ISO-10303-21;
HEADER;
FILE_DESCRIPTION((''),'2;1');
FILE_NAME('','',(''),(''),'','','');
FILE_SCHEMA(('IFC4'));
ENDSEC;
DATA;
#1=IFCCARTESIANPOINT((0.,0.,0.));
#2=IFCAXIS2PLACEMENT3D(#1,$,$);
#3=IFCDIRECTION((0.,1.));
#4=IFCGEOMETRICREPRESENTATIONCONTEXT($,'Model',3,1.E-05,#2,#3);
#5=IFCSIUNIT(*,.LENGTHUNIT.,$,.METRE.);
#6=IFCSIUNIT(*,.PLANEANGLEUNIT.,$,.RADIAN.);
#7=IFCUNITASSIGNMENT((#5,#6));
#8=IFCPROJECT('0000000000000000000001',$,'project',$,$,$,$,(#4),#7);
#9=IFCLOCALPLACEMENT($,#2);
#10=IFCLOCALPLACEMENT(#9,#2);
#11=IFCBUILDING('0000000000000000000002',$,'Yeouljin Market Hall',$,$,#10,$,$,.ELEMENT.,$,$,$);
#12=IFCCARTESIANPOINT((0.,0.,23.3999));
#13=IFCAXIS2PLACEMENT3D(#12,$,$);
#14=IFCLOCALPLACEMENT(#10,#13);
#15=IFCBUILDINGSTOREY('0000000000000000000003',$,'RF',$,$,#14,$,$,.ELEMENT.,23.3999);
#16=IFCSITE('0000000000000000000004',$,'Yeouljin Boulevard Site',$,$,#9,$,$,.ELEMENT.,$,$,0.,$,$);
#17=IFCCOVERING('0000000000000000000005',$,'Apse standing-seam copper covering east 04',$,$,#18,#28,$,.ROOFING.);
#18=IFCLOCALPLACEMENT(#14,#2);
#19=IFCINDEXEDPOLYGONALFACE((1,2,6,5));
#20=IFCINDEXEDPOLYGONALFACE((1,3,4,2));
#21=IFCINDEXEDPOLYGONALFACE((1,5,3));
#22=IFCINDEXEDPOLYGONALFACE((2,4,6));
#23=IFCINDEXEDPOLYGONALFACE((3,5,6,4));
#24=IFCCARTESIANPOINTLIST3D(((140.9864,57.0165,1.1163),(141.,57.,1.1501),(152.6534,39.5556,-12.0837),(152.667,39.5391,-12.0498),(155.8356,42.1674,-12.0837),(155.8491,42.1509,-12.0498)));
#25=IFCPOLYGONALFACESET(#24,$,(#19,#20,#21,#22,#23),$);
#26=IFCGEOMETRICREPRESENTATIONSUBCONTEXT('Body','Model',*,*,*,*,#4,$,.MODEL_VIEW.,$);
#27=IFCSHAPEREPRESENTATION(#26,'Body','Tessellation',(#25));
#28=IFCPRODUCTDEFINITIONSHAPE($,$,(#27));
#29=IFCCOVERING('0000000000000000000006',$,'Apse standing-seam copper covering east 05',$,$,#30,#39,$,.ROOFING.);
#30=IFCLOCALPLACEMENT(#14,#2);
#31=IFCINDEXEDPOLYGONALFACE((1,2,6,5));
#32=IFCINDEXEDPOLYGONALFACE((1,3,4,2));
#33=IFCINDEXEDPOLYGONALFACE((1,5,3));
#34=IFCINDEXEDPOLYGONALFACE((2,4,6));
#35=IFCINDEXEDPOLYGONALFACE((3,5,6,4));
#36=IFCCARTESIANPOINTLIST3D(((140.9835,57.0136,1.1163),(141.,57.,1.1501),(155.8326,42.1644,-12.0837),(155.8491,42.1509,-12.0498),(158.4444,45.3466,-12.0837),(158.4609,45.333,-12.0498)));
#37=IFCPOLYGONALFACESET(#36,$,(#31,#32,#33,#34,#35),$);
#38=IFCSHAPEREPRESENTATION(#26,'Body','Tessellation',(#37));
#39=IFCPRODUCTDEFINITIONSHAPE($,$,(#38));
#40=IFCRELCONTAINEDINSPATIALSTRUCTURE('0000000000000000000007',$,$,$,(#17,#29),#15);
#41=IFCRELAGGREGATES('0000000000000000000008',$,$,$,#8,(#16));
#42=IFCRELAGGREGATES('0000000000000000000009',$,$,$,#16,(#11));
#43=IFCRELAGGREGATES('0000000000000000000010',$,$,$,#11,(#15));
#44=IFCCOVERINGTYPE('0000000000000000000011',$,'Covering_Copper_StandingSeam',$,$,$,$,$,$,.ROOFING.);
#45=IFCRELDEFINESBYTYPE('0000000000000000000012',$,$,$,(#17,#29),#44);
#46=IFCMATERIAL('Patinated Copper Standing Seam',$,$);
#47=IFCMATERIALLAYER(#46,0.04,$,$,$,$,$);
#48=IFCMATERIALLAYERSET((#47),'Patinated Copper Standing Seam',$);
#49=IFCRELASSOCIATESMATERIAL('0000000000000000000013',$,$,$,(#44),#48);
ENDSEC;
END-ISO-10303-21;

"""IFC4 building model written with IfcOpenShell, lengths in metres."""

from ifc_helpers import new_model, si_unit, direction, frame, origin, place, context, subcontext, project, spatial, polyline, outline, extrude, material, layer, layer_set, type_object, element, save


model = new_model("IFC4")

# Units and contexts
model_context = context("Model", 3, precision=1e-05, world=origin(), true_north=direction((0.0, 1.0)))
body_context = subcontext(model_context, "Body", "Model", "MODEL_VIEW")
ifc_project = project(units=[si_unit("LENGTHUNIT", "METRE"), si_unit("PLANEANGLEUNIT", "RADIAN")], contexts=[model_context])

# Site, building, storey
site_placement = place(None, origin())
site = spatial("IfcSite", under=ifc_project, at=site_placement, Name="Yeouljin Boulevard Site", CompositionType="ELEMENT", RefElevation=0.0)
building_placement = place(site_placement, origin())
building = spatial("IfcBuilding", under=site, at=building_placement, Name="Yeouljin Market Hall", CompositionType="ELEMENT")
storey_placement = place(building_placement, frame((0.0, 0.0, 23.3999)))
storey = spatial("IfcBuildingStorey", under=building, at=storey_placement, Name="RF", CompositionType="ELEMENT", Elevation=23.3999)

# Coverings
ifc_material_1 = material(Name="Patinated Copper Standing Seam")
ifc_layer_1 = layer(ifc_material_1, 0.04)
ifc_layer_set_1 = layer_set([ifc_layer_1], Name="Patinated Copper Standing Seam")
covering_type = type_object("IfcCoveringType", Name="Covering_Copper_StandingSeam", PredefinedType="ROOFING", material=ifc_layer_set_1)
covering_1_placement = place(storey_placement, frame((141.0, 57.0, 1.1501), z_axis=(0.338798, -0.412778, 0.845476), x_axis=(0.470366, -0.703955, -0.532169)))
element("IfcCovering", 1, at=covering_1_placement, inside=storey, type_object=covering_type, Name="Apse standing-seam copper covering east 04", PredefinedType="ROOFING", context=body_context, shape_type="SweptSolid", body=[
    extrude(outline(polyline([(0.0, 0.0), (24.8041, 0.0), (24.4622, 4.1025), (0.0, 0.0)])), origin(), (0.0, 0.0, -1.0), 0.04),
])
covering_2_placement = place(storey_placement, frame((141.0, 57.0, 1.1501), z_axis=(0.412778, -0.338798, 0.845476), x_axis=(0.598662, -0.598662, -0.532173)))
element("IfcCovering", 2, at=covering_2_placement, inside=storey, type_object=covering_type, Name="Apse standing-seam copper covering east 05", PredefinedType="ROOFING", context=body_context, shape_type="SweptSolid", body=[
    extrude(outline(polyline([(0.0, 0.0), (24.8039, 0.0), (24.4624, 4.1026), (0.0, 0.0)])), origin(), (0.0, 0.0, -1.0), 0.04),
])

save(model, "model.ifc")
